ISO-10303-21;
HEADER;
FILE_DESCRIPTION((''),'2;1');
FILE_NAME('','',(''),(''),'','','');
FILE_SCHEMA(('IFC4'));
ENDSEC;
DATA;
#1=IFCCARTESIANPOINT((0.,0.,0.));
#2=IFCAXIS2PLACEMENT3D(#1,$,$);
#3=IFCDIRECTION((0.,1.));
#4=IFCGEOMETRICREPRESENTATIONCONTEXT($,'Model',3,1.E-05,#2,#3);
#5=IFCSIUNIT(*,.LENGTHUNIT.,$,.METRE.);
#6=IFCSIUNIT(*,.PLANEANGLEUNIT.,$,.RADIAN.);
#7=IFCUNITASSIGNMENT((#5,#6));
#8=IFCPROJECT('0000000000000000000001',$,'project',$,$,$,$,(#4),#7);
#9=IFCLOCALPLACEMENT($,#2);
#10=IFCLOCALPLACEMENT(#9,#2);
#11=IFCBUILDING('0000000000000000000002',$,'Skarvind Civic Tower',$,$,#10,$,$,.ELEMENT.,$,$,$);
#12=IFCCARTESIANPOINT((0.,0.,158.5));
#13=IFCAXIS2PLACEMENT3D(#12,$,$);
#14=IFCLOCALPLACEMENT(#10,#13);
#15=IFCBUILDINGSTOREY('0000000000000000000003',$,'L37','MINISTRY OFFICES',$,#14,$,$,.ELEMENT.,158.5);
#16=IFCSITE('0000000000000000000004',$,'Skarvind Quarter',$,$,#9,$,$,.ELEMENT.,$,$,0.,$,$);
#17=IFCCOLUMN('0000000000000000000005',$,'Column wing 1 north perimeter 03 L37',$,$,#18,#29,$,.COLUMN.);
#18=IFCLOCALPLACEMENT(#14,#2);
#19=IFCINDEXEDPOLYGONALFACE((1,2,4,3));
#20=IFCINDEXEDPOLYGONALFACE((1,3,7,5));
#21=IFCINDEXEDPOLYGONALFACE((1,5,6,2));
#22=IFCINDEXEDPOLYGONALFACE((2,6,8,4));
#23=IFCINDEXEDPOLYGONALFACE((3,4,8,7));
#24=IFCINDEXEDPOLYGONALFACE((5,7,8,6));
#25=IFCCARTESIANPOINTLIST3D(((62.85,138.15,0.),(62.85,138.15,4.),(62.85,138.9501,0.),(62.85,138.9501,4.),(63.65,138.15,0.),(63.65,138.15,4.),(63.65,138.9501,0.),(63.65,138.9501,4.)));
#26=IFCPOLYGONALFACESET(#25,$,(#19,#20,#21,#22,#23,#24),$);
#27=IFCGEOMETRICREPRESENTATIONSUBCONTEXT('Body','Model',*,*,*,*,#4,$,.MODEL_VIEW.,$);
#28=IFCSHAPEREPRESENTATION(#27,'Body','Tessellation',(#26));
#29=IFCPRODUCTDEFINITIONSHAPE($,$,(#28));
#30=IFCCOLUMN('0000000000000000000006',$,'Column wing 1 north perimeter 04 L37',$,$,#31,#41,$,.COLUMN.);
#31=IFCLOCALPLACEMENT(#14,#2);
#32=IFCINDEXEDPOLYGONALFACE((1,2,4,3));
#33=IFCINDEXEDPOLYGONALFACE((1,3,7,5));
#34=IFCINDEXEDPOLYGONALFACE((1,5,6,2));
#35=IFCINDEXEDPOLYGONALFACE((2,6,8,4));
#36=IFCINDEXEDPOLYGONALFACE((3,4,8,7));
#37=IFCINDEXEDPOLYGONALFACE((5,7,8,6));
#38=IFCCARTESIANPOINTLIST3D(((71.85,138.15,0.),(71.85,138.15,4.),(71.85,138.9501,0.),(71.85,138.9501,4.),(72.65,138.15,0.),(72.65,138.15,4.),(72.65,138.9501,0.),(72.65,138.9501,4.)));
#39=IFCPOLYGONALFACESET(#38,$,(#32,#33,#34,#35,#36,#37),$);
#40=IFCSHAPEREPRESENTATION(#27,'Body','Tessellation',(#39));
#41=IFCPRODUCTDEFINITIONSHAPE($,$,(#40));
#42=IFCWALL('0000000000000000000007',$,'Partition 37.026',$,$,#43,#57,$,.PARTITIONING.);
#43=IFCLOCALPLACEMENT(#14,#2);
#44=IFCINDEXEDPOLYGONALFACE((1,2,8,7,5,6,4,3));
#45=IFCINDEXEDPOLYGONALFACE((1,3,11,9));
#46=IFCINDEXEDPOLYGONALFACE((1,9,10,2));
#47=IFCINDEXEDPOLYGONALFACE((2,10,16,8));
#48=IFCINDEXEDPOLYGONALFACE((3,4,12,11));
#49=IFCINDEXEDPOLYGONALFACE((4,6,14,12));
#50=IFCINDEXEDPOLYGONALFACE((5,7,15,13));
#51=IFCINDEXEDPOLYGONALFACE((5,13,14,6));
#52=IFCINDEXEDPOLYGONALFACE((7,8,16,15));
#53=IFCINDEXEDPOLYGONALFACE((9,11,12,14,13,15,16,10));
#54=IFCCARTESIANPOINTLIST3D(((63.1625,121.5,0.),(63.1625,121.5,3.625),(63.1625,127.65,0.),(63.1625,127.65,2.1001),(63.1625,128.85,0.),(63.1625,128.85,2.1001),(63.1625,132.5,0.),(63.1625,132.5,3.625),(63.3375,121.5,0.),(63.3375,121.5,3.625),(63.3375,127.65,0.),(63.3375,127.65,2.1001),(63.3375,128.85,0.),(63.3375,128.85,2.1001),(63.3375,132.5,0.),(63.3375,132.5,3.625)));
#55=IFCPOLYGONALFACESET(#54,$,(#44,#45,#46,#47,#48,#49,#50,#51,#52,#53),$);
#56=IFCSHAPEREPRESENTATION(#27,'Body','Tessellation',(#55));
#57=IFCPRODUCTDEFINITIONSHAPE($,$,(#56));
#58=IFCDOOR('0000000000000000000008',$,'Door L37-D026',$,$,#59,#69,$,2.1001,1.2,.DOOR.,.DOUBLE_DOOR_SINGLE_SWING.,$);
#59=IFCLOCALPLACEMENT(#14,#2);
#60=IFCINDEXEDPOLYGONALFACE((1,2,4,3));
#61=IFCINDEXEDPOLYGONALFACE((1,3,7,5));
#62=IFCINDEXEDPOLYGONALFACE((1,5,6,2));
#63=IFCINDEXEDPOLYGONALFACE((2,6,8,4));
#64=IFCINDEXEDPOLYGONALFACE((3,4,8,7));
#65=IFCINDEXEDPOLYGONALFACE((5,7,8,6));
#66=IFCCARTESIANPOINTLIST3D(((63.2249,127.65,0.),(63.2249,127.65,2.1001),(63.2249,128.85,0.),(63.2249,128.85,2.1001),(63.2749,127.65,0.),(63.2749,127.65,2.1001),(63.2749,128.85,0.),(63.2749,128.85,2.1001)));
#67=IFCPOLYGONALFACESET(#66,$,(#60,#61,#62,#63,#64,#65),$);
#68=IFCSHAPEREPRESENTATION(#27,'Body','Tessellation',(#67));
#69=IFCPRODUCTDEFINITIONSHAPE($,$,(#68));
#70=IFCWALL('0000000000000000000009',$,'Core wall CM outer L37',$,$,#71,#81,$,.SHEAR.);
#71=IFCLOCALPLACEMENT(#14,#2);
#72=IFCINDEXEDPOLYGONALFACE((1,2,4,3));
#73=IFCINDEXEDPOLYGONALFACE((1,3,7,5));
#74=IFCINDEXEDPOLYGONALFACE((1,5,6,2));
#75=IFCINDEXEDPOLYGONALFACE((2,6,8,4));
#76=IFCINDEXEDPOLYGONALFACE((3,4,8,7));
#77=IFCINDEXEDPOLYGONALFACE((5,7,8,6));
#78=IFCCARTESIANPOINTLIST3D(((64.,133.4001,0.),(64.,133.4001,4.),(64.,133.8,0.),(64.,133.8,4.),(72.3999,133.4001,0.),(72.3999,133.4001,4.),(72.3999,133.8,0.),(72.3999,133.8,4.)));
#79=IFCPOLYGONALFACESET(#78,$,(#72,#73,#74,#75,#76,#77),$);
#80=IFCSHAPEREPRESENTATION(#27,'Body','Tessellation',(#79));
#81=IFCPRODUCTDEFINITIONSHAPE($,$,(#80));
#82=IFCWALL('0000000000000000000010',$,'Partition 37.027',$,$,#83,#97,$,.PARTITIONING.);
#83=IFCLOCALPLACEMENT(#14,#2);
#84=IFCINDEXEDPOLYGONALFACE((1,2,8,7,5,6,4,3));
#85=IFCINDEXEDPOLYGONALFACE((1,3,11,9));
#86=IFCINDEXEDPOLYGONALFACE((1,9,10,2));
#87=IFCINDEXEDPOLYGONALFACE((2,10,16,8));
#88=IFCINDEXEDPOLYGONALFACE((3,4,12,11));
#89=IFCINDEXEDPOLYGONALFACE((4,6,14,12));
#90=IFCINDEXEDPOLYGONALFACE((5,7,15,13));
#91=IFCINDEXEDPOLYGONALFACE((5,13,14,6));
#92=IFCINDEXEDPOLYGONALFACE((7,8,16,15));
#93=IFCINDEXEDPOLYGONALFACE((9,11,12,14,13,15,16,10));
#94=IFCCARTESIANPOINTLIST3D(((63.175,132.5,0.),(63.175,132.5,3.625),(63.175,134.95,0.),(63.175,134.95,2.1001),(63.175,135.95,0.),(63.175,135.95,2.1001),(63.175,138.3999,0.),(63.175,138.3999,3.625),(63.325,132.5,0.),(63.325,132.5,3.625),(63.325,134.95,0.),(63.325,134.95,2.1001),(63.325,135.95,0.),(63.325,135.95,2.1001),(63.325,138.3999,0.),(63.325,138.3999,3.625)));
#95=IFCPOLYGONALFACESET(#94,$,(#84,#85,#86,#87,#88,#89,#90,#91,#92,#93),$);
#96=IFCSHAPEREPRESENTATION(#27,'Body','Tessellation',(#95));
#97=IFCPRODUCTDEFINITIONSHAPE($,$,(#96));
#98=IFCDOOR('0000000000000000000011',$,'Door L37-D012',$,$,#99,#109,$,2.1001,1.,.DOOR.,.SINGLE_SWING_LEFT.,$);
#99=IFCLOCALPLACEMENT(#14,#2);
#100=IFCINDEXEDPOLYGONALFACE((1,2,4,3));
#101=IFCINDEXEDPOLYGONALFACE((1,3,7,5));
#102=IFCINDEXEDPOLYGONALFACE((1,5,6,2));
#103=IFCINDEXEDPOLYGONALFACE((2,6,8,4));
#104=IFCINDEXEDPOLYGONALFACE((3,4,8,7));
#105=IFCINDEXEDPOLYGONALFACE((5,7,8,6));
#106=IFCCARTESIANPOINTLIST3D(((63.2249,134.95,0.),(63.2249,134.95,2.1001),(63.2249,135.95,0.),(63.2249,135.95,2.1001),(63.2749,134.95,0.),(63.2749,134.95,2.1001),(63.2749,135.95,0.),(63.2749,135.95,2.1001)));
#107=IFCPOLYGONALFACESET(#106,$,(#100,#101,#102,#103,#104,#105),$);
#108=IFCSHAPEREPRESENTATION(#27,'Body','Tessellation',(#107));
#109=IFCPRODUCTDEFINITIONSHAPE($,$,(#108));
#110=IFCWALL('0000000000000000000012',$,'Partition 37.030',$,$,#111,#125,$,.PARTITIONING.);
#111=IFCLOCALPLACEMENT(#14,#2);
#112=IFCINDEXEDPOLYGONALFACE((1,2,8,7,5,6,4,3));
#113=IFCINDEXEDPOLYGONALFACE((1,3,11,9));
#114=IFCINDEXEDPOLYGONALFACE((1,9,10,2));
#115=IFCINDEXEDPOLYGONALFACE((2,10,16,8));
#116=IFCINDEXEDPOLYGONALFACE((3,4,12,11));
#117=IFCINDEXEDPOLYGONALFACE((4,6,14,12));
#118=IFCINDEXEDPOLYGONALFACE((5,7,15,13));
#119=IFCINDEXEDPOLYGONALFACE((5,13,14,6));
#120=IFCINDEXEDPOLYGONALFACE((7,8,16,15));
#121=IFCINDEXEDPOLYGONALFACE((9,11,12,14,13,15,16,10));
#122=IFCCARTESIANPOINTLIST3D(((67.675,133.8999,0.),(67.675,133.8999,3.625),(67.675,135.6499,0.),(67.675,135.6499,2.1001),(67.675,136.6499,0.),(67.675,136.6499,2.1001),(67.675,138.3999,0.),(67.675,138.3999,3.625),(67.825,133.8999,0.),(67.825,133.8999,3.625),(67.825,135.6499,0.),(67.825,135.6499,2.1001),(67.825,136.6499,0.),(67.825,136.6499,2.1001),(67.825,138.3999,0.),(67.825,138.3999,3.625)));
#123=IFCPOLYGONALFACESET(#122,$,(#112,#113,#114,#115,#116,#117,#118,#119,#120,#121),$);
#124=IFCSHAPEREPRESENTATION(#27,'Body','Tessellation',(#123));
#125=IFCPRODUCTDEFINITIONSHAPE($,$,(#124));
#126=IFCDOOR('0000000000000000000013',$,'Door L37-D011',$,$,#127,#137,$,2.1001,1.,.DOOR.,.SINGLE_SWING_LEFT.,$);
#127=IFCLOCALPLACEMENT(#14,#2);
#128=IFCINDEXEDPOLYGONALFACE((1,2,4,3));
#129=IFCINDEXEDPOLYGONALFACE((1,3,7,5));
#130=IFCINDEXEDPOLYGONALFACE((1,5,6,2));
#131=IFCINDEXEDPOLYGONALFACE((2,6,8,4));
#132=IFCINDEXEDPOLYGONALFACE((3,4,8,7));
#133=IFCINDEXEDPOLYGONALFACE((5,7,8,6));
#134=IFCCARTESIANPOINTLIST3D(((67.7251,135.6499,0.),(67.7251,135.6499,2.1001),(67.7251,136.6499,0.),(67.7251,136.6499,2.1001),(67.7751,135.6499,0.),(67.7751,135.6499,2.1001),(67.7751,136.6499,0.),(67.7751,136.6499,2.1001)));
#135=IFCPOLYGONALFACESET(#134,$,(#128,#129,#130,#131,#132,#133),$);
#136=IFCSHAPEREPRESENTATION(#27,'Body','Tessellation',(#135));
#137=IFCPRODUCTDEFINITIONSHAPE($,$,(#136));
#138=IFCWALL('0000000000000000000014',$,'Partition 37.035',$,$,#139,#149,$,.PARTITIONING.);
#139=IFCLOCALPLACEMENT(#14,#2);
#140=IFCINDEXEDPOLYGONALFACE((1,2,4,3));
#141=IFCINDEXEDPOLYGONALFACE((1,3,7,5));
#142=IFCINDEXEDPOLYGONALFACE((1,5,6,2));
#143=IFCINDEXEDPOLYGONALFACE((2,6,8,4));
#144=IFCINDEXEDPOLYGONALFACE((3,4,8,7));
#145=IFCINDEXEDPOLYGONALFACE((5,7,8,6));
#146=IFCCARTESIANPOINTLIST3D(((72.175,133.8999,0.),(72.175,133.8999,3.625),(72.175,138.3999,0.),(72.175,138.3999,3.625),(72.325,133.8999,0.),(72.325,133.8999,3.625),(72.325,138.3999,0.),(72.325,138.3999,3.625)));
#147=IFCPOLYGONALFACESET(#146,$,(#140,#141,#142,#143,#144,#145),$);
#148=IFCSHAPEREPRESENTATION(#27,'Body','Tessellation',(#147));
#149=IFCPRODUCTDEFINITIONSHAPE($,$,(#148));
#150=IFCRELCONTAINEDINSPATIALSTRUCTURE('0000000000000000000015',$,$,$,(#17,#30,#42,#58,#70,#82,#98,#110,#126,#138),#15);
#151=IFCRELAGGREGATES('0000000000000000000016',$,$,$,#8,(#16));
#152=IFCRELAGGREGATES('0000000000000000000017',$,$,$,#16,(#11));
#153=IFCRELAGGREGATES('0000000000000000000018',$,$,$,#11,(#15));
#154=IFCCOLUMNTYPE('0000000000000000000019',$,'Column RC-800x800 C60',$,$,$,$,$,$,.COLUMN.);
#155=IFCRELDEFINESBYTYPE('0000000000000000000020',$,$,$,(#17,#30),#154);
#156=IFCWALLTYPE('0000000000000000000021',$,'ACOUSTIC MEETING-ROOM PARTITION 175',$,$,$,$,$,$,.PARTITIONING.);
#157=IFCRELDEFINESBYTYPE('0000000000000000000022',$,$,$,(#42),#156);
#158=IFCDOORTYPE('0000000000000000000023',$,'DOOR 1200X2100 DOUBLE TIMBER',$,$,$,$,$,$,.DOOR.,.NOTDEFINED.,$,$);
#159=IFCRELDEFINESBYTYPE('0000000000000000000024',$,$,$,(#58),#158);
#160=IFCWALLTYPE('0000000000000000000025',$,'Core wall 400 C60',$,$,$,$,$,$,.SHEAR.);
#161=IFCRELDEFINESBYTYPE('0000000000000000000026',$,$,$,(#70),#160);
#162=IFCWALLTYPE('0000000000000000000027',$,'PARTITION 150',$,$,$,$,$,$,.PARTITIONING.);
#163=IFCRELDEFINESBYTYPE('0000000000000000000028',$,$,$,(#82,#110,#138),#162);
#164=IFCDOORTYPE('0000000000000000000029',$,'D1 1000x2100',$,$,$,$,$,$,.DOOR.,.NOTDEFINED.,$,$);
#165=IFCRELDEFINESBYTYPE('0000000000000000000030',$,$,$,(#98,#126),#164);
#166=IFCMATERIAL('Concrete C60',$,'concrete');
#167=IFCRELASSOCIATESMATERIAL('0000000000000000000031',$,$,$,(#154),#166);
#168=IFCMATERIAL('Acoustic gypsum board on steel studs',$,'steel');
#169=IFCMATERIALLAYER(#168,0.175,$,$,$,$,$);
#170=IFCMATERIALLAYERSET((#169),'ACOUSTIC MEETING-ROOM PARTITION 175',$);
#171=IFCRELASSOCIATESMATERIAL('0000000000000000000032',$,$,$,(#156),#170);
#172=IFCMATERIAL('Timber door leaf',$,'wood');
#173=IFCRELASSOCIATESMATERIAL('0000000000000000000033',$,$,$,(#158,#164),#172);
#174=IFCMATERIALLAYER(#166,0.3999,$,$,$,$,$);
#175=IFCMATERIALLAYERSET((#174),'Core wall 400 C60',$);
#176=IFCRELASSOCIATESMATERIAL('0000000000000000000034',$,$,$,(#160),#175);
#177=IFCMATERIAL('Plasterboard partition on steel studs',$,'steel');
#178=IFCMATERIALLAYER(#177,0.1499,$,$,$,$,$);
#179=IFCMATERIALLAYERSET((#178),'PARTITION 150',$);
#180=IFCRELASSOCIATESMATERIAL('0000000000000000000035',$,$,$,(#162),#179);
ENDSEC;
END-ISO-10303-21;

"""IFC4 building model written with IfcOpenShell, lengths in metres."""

from ifc_helpers import new_model, si_unit, direction, frame, frame_2d, origin, origin_2d, place, context, subcontext, project, spatial, rectangle, extrude, material, layer, layer_set, material_profile, profile_set, type_object, element, fill, save


model = new_model("IFC4")

# Units and contexts
model_context = context("Model", 3, precision=1e-05, world=origin(), true_north=direction((0.0, 1.0)))
body_context = subcontext(model_context, "Body", "Model", "MODEL_VIEW")
ifc_project = project(units=[si_unit("LENGTHUNIT", "METRE"), si_unit("PLANEANGLEUNIT", "RADIAN")], contexts=[model_context])

# Site, building, storey
site_placement = place(None, origin())
site = spatial("IfcSite", under=ifc_project, at=site_placement, Name="Skarvind Quarter", CompositionType="ELEMENT", RefElevation=0.0)
building_placement = place(site_placement, origin())
building = spatial("IfcBuilding", under=site, at=building_placement, Name="Skarvind Civic Tower", CompositionType="ELEMENT")
storey_placement = place(building_placement, frame((0.0, 0.0, 158.5)))
storey = spatial("IfcBuildingStorey", under=building, at=storey_placement, Name="L37", Description="MINISTRY OFFICES", CompositionType="ELEMENT", Elevation=158.5)

# Columns
ifc_material_1 = material(Name="Concrete C60", Category="concrete")
ifc_material_profile_1 = material_profile(ifc_material_1, rectangle(XDim=0.8, YDim=0.8, at=origin_2d()), Name="RC-800x800")
ifc_profile_set_1 = profile_set([ifc_material_profile_1], Name="Concrete C60")
column_type = type_object("IfcColumnType", Name="Column RC-800x800 C60", PredefinedType="COLUMN", material=ifc_profile_set_1)
for number, where, z_axis, x_axis, name in (
    (1, (63.25, 138.55, 0.0), (0.0, 0.0, 1.0), (1.0, 0.0, 0.0), "Column wing 1 north perimeter 03 L37"),
    (2, (72.25, 138.55, 0.0), (0.0, 0.0, 1.0), (1.0, 0.0, 0.0), "Column wing 1 north perimeter 04 L37"),
):
    element("IfcColumn", number, at=place(storey_placement, frame(where, z_axis=z_axis, x_axis=x_axis)), inside=storey, type_object=column_type, Name=name, PredefinedType="COLUMN", context=body_context, shape_type="SweptSolid", body=[
        extrude(rectangle(XDim=0.8, YDim=0.8, at=origin_2d()), origin(), (0.0, 0.0, 1.0), 4.0),
    ])

# Wall, opening, door
ifc_material_2 = material(Name="Acoustic gypsum board on steel studs", Category="steel")
ifc_layer_1 = layer(ifc_material_2, 0.175)
ifc_layer_set_1 = layer_set([ifc_layer_1], Name="ACOUSTIC MEETING-ROOM PARTITION 175")
wall_type_1 = type_object("IfcWallType", Name="ACOUSTIC MEETING-ROOM PARTITION 175", PredefinedType="PARTITIONING", material=ifc_layer_set_1)
wall_1_placement = place(storey_placement, frame((63.25, 132.5, 0.0), z_axis=(0.0, 0.0, 1.0), x_axis=(0.0, -1.0, 0.0)))
wall_1 = element("IfcWall", 3, at=wall_1_placement, inside=storey, type_object=wall_type_1, Name="Partition 37.026", PredefinedType="PARTITIONING", context=body_context, shape_type="SweptSolid", body=[
    extrude(rectangle(XDim=11.0, YDim=0.175, at=frame_2d((5.5, 0.0))), origin(), (0.0, 0.0, 1.0), 3.625),
])
opening_1_placement = place(wall_1_placement, frame((3.6499, 0.0, 0.0)))
opening_1 = element("IfcOpeningElement", 4, at=opening_1_placement, cuts=wall_1, PredefinedType="OPENING", context=body_context, shape_type="SweptSolid", body=[
    extrude(rectangle(XDim=1.2, YDim=2.1001, at=frame_2d((0.6001, 1.05))), frame((0.0, 0.0974, 0.0), z_axis=(0.0, -1.0, 0.0), x_axis=(1.0, 0.0, 0.0)), (0.0, 0.0, 1.0), 0.1951),
])
ifc_material_3 = material(Name="Timber door leaf", Category="wood")
door_type_1 = type_object("IfcDoorType", Name="DOOR 1200X2100 DOUBLE TIMBER", OperationType="NOTDEFINED", PredefinedType="DOOR", material=ifc_material_3)
door_1_placement = place(opening_1_placement, origin())
door_1 = element("IfcDoor", 5, at=door_1_placement, inside=storey, type_object=door_type_1, Name="Door L37-D026", OperationType="DOUBLE_DOOR_SINGLE_SWING", OverallHeight=2.1001, OverallWidth=1.2, PredefinedType="DOOR", context=body_context, shape_type="SweptSolid", body=[
    extrude(rectangle(XDim=1.2, YDim=2.1001, at=frame_2d((0.6001, 1.05))), frame((0.0, 0.0249, 0.0), z_axis=(0.0, -1.0, 0.0), x_axis=(1.0, 0.0, 0.0)), (0.0, 0.0, 1.0), 0.05),
])
fill(opening_1, door_1)

# Wall
ifc_layer_2 = layer(ifc_material_1, 0.3999)
ifc_layer_set_2 = layer_set([ifc_layer_2], Name="Core wall 400 C60")
wall_type_2 = type_object("IfcWallType", Name="Core wall 400 C60", PredefinedType="SHEAR", material=ifc_layer_set_2)
wall_2_placement = place(storey_placement, frame((64.0, 133.6001, 0.0), z_axis=(0.0, 0.0, 1.0), x_axis=(1.0, 0.0, 0.0)))
element("IfcWall", 6, at=wall_2_placement, inside=storey, type_object=wall_type_2, Name="Core wall CM outer L37", PredefinedType="SHEAR", context=body_context, shape_type="SweptSolid", body=[
    extrude(rectangle(XDim=8.3999, YDim=0.3999, at=frame_2d((4.2, 0.0))), origin(), (0.0, 0.0, 1.0), 4.0),
])

# Walls, openings, doors
ifc_material_4 = material(Name="Plasterboard partition on steel studs", Category="steel")
ifc_layer_3 = layer(ifc_material_4, 0.1499)
ifc_layer_set_3 = layer_set([ifc_layer_3], Name="PARTITION 150")
wall_type_3 = type_object("IfcWallType", Name="PARTITION 150", PredefinedType="PARTITIONING", material=ifc_layer_set_3)
wall_3_placement = place(storey_placement, frame((63.25, 138.3999, 0.0), z_axis=(0.0, 0.0, 1.0), x_axis=(0.0, -1.0, 0.0)))
wall_3 = element("IfcWall", 7, at=wall_3_placement, inside=storey, type_object=wall_type_3, Name="Partition 37.027", PredefinedType="PARTITIONING", context=body_context, shape_type="SweptSolid", body=[
    extrude(rectangle(XDim=5.8999, YDim=0.1499, at=frame_2d((2.95, 0.0))), origin(), (0.0, 0.0, 1.0), 3.625),
])
opening_2_placement = place(wall_3_placement, frame((2.45, 0.0, 0.0)))
opening_2 = element("IfcOpeningElement", 8, at=opening_2_placement, cuts=wall_3, PredefinedType="OPENING", context=body_context, shape_type="SweptSolid", body=[
    extrude(rectangle(XDim=1.0, YDim=2.1001, at=frame_2d((0.5, 1.05))), frame((0.0, 0.085, 0.0), z_axis=(0.0, -1.0, 0.0), x_axis=(1.0, 0.0, 0.0)), (0.0, 0.0, 1.0), 0.1699),
])
door_type_2 = type_object("IfcDoorType", Name="D1 1000x2100", OperationType="NOTDEFINED", PredefinedType="DOOR", material=ifc_material_3)
door_2_placement = place(opening_2_placement, origin())
door_2 = element("IfcDoor", 9, at=door_2_placement, inside=storey, type_object=door_type_2, Name="Door L37-D012", OperationType="SINGLE_SWING_LEFT", OverallHeight=2.1001, OverallWidth=1.0, PredefinedType="DOOR", context=body_context, shape_type="SweptSolid", body=[
    extrude(rectangle(XDim=1.0, YDim=2.1001, at=frame_2d((0.5, 1.05))), frame((0.0, 0.0249, 0.0), z_axis=(0.0, -1.0, 0.0), x_axis=(1.0, 0.0, 0.0)), (0.0, 0.0, 1.0), 0.05),
])
fill(opening_2, door_2)
wall_4_placement = place(storey_placement, frame((67.75, 133.8999, 0.0), z_axis=(0.0, 0.0, 1.0), x_axis=(0.0, 1.0, 0.0)))
wall_4 = element("IfcWall", 10, at=wall_4_placement, inside=storey, type_object=wall_type_3, Name="Partition 37.030", PredefinedType="PARTITIONING", context=body_context, shape_type="SweptSolid", body=[
    extrude(rectangle(XDim=4.5, YDim=0.1499, at=frame_2d((2.25, 0.0))), origin(), (0.0, 0.0, 1.0), 3.625),
])
opening_3_placement = place(wall_4_placement, frame((1.75, 0.0, 0.0)))
opening_3 = element("IfcOpeningElement", 11, at=opening_3_placement, cuts=wall_4, PredefinedType="OPENING", context=body_context, shape_type="SweptSolid", body=[
    extrude(rectangle(XDim=1.0, YDim=2.1001, at=frame_2d((0.5, 1.05))), frame((0.0, 0.085, 0.0), z_axis=(0.0, -1.0, 0.0), x_axis=(1.0, 0.0, 0.0)), (0.0, 0.0, 1.0), 0.1699),
])
door_3_placement = place(opening_3_placement, origin())
door_3 = element("IfcDoor", 12, at=door_3_placement, inside=storey, type_object=door_type_2, Name="Door L37-D011", OperationType="SINGLE_SWING_LEFT", OverallHeight=2.1001, OverallWidth=1.0, PredefinedType="DOOR", context=body_context, shape_type="SweptSolid", body=[
    extrude(rectangle(XDim=1.0, YDim=2.1001, at=frame_2d((0.5, 1.05))), frame((0.0, 0.0249, 0.0), z_axis=(0.0, -1.0, 0.0), x_axis=(1.0, 0.0, 0.0)), (0.0, 0.0, 1.0), 0.05),
])
fill(opening_3, door_3)

# Wall
wall_5_placement = place(storey_placement, frame((72.25, 133.8999, 0.0), z_axis=(0.0, 0.0, 1.0), x_axis=(0.0, 1.0, 0.0)))
element("IfcWall", 13, at=wall_5_placement, inside=storey, type_object=wall_type_3, Name="Partition 37.035", PredefinedType="PARTITIONING", context=body_context, shape_type="SweptSolid", body=[
    extrude(rectangle(XDim=4.5, YDim=0.1499, at=frame_2d((2.25, 0.0))), origin(), (0.0, 0.0, 1.0), 3.625),
])

save(model, "model.ifc")
